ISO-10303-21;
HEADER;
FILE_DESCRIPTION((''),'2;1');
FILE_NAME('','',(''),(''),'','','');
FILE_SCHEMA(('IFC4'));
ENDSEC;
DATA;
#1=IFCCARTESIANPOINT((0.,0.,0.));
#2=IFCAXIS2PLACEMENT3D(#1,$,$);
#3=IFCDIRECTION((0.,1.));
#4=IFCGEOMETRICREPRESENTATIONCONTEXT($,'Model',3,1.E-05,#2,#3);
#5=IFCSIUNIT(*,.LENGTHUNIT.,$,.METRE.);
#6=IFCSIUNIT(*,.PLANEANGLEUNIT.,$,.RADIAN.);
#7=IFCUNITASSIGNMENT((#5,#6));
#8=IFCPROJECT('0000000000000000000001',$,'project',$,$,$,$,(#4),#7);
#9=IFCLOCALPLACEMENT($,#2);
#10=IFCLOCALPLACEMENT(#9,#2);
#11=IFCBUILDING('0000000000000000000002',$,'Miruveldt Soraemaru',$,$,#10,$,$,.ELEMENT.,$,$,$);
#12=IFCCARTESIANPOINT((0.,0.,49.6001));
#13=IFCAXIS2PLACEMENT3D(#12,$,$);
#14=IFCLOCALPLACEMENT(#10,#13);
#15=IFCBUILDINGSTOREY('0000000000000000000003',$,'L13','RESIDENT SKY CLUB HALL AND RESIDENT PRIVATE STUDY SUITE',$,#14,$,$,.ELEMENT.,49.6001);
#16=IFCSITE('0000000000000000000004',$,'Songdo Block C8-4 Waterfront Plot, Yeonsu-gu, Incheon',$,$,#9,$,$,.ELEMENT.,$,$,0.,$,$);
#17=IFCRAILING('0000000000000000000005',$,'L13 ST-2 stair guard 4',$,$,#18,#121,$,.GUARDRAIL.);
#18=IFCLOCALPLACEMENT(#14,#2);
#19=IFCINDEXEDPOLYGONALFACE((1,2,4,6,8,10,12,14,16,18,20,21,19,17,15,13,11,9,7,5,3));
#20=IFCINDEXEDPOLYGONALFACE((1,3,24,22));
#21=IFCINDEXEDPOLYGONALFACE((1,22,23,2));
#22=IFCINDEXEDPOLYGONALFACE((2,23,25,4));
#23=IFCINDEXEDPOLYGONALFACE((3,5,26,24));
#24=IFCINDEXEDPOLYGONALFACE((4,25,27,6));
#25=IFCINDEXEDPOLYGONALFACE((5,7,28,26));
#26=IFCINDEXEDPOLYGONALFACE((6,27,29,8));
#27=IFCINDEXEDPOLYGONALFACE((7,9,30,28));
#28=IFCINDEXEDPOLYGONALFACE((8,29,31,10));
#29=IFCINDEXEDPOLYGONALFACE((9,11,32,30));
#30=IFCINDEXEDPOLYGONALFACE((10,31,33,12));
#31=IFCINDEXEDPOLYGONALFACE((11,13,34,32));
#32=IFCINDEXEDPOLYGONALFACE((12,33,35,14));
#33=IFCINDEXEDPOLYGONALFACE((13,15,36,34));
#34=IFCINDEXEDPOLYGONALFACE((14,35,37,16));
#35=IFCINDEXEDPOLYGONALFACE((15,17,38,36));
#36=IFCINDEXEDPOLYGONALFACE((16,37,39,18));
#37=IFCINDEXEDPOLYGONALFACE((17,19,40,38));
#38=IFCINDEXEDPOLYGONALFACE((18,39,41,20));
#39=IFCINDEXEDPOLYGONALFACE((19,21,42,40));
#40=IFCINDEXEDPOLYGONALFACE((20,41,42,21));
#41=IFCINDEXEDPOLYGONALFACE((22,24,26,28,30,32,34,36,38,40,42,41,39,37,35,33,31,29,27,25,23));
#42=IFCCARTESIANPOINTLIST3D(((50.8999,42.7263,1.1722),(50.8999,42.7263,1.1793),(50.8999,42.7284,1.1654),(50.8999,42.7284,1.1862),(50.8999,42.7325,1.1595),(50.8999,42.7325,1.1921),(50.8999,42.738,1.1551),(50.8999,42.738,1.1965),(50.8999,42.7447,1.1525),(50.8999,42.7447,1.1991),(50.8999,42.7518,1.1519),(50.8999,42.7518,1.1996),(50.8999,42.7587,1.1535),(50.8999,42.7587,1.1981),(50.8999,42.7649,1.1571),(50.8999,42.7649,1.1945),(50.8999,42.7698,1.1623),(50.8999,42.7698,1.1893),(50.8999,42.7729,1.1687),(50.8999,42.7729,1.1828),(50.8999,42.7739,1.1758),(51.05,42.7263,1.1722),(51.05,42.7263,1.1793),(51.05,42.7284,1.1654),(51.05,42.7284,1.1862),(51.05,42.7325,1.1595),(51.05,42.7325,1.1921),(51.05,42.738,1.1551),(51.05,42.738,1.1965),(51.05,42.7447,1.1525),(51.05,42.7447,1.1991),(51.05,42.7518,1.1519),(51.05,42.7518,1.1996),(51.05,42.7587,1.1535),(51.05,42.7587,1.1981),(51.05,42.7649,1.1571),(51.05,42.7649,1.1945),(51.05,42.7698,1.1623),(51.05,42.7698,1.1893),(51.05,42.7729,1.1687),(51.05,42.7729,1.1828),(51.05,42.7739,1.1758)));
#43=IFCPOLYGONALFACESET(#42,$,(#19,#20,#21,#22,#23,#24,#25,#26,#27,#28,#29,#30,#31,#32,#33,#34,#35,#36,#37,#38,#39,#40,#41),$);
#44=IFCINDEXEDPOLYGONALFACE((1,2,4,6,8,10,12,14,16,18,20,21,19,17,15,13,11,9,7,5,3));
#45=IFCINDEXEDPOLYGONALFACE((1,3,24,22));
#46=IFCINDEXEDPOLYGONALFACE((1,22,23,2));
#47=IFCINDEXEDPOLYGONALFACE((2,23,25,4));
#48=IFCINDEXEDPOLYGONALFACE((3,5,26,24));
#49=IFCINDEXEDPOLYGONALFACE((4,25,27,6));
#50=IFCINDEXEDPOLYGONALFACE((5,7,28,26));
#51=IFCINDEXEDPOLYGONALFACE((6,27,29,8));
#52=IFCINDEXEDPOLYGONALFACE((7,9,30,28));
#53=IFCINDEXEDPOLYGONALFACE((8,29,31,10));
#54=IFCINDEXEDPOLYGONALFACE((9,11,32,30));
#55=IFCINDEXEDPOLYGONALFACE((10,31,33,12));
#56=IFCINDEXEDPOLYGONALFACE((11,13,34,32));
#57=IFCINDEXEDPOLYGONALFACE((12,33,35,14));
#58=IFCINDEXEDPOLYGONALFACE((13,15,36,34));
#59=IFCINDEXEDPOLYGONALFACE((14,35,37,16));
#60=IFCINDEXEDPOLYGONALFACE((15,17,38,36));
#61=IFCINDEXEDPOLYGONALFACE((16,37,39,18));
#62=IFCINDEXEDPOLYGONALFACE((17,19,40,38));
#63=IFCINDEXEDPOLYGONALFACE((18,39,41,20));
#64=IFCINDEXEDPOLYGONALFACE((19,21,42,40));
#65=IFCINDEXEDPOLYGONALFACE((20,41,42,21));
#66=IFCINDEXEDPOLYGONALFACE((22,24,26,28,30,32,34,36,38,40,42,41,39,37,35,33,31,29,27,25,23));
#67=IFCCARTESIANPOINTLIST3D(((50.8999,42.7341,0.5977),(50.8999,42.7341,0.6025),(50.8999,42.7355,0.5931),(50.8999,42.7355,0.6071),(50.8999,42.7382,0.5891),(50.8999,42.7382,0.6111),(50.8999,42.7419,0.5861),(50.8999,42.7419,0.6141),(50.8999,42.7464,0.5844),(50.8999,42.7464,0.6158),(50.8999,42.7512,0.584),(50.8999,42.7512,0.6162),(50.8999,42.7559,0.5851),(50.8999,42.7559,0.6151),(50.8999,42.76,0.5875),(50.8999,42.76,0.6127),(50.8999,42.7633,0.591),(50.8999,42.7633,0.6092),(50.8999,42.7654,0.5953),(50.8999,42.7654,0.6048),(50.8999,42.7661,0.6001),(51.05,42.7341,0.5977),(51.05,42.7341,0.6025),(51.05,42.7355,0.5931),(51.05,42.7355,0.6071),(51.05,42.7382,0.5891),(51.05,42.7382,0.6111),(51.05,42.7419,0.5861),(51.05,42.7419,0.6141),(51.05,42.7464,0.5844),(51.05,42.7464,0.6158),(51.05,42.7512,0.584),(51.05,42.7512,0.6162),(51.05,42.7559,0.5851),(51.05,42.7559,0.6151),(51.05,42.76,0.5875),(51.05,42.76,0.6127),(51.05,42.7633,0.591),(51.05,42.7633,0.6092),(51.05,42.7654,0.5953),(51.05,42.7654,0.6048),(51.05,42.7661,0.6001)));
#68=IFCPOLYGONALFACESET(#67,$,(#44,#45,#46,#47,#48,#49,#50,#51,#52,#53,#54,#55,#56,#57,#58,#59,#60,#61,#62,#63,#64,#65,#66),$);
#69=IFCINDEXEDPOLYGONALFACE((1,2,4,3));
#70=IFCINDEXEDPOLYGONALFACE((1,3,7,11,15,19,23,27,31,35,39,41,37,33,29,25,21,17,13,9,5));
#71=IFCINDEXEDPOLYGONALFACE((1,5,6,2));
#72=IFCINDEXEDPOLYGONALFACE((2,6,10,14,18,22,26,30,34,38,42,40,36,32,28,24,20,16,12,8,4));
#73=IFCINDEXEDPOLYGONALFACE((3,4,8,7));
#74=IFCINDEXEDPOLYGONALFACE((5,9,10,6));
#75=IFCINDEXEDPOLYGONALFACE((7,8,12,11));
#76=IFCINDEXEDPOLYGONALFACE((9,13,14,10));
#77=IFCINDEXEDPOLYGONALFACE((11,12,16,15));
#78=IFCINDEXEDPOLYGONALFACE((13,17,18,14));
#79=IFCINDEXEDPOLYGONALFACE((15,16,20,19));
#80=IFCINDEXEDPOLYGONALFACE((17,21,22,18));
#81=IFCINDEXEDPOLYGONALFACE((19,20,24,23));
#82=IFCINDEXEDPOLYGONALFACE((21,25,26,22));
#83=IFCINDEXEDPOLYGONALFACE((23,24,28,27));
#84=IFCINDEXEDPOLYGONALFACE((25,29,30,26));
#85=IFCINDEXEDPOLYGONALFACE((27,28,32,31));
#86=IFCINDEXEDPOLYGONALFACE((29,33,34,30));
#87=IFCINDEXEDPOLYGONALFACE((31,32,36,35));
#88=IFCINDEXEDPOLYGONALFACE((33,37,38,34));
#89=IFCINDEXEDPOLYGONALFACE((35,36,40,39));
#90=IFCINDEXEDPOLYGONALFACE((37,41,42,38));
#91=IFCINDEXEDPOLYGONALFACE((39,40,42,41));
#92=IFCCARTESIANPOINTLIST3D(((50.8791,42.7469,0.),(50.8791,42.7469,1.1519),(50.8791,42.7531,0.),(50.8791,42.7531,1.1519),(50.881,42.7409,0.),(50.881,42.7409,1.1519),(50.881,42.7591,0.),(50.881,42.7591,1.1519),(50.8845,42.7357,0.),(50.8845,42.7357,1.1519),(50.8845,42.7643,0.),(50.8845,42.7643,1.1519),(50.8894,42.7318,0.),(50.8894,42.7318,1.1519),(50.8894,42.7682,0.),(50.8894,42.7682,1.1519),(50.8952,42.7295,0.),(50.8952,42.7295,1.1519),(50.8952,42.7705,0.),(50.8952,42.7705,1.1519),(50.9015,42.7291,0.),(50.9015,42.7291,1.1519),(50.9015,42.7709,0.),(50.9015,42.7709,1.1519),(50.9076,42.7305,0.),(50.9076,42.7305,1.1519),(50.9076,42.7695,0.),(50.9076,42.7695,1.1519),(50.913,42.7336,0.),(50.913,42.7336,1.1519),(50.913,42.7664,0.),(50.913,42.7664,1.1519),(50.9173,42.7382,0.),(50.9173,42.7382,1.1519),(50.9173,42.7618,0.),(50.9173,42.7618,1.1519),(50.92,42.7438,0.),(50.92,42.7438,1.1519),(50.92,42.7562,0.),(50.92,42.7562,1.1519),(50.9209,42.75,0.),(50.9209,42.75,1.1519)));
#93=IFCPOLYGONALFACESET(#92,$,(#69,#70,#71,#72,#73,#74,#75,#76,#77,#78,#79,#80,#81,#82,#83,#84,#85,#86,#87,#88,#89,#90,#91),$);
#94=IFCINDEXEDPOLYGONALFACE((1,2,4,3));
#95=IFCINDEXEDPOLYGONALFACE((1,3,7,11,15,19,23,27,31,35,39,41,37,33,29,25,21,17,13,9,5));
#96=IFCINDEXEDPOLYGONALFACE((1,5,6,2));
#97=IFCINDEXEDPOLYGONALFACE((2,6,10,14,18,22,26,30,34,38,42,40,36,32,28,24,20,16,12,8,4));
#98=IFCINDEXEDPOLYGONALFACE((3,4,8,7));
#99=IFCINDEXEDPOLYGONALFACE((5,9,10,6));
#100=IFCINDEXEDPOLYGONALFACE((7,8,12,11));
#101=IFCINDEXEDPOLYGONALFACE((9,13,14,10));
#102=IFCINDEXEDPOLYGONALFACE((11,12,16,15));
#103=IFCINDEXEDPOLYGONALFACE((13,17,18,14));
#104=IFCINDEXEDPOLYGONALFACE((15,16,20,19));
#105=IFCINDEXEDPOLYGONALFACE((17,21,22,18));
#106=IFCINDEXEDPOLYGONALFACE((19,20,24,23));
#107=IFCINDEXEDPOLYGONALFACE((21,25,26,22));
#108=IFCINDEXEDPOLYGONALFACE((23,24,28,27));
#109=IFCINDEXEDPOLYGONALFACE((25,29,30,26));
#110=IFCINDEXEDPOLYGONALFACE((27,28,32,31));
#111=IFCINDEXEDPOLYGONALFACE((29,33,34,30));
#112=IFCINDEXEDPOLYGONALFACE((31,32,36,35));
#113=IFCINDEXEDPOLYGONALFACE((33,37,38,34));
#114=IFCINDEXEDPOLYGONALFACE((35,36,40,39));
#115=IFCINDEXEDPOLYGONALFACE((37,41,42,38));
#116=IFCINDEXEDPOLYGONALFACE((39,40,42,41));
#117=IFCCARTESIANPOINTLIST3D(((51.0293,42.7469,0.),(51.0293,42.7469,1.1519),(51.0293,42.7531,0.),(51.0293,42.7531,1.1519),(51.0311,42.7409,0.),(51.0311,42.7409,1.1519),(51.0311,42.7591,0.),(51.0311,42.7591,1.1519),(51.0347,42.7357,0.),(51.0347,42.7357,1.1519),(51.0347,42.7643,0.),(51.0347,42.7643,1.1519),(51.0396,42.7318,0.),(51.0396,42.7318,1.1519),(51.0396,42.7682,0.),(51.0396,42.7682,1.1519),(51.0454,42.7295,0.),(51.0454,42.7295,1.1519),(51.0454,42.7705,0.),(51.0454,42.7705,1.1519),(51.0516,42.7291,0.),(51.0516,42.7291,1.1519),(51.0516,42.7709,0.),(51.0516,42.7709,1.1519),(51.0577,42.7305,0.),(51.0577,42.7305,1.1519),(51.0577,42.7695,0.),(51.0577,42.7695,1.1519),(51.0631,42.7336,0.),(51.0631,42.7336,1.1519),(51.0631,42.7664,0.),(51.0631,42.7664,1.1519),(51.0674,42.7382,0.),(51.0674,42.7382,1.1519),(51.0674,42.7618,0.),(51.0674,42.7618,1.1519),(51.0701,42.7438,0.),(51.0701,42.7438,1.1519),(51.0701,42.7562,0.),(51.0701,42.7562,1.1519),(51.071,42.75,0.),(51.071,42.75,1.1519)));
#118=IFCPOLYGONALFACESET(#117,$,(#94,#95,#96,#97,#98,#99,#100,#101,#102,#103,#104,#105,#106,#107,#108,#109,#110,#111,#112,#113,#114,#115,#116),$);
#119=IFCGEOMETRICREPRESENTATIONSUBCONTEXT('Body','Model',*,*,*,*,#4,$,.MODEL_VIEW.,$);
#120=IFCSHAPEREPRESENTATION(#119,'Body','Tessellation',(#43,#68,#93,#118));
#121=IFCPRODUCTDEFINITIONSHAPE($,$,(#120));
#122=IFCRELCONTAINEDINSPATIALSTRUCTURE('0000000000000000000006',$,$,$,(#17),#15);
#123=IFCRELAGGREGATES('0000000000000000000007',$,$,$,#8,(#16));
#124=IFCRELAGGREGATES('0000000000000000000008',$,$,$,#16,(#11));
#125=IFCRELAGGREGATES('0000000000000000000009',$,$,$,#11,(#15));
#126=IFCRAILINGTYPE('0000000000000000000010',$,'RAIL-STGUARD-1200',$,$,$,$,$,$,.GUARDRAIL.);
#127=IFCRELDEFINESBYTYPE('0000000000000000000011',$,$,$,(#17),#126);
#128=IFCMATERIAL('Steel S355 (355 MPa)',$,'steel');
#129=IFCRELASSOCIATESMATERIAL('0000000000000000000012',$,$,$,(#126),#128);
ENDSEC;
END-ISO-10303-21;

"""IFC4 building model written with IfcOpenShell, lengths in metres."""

from ifc_helpers import new_model, si_unit, direction, frame, origin, origin_2d, place, context, subcontext, project, spatial, circle, extrude, material, type_object, element, save


model = new_model("IFC4")

# Units and contexts
model_context = context("Model", 3, precision=1e-05, world=origin(), true_north=direction((0.0, 1.0)))
body_context = subcontext(model_context, "Body", "Model", "MODEL_VIEW")
ifc_project = project(units=[si_unit("LENGTHUNIT", "METRE"), si_unit("PLANEANGLEUNIT", "RADIAN")], contexts=[model_context])

# Site, building, storey
site_placement = place(None, origin())
site = spatial("IfcSite", under=ifc_project, at=site_placement, Name="Songdo Block C8-4 Waterfront Plot, Yeonsu-gu, Incheon", CompositionType="ELEMENT", RefElevation=0.0)
building_placement = place(site_placement, origin())
building = spatial("IfcBuilding", under=site, at=building_placement, Name="Miruveldt Soraemaru", CompositionType="ELEMENT")
storey_placement = place(building_placement, frame((0.0, 0.0, 49.6001)))
storey = spatial("IfcBuildingStorey", under=building, at=storey_placement, Name="L13", Description="RESIDENT SKY CLUB HALL AND RESIDENT PRIVATE STUDY SUITE", CompositionType="ELEMENT", Elevation=49.6001)

# Railing
ifc_material_1 = material(Name="Steel S355 (355 MPa)", Category="steel")
railing_type_1 = type_object("IfcRailingType", Name="RAIL-STGUARD-1200", PredefinedType="GUARDRAIL", material=ifc_material_1)
railing_1_placement = place(storey_placement, frame((50.8999, 42.75, 0.0)))
element("IfcRailing", 1, at=railing_1_placement, inside=storey, type_object=railing_type_1, Name="L13 ST-2 stair guard 4", PredefinedType="GUARDRAIL", context=body_context, shape_type="SweptSolid", body=[
    extrude(circle(Radius=0.0239, at=origin_2d()), frame((0.0, 0.0, 1.1758), z_axis=(1.0, 0.0, 0.0), x_axis=(0.0, 1.0, 0.0)), (0.0, 0.0, 1.0), 0.1501),
    extrude(circle(Radius=0.0161, at=origin_2d()), frame((0.0, 0.0, 0.6001), z_axis=(1.0, 0.0, 0.0), x_axis=(0.0, 1.0, 0.0)), (0.0, 0.0, 1.0), 0.1501),
    extrude(circle(Radius=0.021, at=origin_2d()), origin(), (0.0, 0.0, 1.0), 1.1519),
    extrude(circle(Radius=0.021, at=origin_2d()), frame((0.1501, 0.0, 0.0)), (0.0, 0.0, 1.0), 1.1519),
])

save(model, "model.ifc")
